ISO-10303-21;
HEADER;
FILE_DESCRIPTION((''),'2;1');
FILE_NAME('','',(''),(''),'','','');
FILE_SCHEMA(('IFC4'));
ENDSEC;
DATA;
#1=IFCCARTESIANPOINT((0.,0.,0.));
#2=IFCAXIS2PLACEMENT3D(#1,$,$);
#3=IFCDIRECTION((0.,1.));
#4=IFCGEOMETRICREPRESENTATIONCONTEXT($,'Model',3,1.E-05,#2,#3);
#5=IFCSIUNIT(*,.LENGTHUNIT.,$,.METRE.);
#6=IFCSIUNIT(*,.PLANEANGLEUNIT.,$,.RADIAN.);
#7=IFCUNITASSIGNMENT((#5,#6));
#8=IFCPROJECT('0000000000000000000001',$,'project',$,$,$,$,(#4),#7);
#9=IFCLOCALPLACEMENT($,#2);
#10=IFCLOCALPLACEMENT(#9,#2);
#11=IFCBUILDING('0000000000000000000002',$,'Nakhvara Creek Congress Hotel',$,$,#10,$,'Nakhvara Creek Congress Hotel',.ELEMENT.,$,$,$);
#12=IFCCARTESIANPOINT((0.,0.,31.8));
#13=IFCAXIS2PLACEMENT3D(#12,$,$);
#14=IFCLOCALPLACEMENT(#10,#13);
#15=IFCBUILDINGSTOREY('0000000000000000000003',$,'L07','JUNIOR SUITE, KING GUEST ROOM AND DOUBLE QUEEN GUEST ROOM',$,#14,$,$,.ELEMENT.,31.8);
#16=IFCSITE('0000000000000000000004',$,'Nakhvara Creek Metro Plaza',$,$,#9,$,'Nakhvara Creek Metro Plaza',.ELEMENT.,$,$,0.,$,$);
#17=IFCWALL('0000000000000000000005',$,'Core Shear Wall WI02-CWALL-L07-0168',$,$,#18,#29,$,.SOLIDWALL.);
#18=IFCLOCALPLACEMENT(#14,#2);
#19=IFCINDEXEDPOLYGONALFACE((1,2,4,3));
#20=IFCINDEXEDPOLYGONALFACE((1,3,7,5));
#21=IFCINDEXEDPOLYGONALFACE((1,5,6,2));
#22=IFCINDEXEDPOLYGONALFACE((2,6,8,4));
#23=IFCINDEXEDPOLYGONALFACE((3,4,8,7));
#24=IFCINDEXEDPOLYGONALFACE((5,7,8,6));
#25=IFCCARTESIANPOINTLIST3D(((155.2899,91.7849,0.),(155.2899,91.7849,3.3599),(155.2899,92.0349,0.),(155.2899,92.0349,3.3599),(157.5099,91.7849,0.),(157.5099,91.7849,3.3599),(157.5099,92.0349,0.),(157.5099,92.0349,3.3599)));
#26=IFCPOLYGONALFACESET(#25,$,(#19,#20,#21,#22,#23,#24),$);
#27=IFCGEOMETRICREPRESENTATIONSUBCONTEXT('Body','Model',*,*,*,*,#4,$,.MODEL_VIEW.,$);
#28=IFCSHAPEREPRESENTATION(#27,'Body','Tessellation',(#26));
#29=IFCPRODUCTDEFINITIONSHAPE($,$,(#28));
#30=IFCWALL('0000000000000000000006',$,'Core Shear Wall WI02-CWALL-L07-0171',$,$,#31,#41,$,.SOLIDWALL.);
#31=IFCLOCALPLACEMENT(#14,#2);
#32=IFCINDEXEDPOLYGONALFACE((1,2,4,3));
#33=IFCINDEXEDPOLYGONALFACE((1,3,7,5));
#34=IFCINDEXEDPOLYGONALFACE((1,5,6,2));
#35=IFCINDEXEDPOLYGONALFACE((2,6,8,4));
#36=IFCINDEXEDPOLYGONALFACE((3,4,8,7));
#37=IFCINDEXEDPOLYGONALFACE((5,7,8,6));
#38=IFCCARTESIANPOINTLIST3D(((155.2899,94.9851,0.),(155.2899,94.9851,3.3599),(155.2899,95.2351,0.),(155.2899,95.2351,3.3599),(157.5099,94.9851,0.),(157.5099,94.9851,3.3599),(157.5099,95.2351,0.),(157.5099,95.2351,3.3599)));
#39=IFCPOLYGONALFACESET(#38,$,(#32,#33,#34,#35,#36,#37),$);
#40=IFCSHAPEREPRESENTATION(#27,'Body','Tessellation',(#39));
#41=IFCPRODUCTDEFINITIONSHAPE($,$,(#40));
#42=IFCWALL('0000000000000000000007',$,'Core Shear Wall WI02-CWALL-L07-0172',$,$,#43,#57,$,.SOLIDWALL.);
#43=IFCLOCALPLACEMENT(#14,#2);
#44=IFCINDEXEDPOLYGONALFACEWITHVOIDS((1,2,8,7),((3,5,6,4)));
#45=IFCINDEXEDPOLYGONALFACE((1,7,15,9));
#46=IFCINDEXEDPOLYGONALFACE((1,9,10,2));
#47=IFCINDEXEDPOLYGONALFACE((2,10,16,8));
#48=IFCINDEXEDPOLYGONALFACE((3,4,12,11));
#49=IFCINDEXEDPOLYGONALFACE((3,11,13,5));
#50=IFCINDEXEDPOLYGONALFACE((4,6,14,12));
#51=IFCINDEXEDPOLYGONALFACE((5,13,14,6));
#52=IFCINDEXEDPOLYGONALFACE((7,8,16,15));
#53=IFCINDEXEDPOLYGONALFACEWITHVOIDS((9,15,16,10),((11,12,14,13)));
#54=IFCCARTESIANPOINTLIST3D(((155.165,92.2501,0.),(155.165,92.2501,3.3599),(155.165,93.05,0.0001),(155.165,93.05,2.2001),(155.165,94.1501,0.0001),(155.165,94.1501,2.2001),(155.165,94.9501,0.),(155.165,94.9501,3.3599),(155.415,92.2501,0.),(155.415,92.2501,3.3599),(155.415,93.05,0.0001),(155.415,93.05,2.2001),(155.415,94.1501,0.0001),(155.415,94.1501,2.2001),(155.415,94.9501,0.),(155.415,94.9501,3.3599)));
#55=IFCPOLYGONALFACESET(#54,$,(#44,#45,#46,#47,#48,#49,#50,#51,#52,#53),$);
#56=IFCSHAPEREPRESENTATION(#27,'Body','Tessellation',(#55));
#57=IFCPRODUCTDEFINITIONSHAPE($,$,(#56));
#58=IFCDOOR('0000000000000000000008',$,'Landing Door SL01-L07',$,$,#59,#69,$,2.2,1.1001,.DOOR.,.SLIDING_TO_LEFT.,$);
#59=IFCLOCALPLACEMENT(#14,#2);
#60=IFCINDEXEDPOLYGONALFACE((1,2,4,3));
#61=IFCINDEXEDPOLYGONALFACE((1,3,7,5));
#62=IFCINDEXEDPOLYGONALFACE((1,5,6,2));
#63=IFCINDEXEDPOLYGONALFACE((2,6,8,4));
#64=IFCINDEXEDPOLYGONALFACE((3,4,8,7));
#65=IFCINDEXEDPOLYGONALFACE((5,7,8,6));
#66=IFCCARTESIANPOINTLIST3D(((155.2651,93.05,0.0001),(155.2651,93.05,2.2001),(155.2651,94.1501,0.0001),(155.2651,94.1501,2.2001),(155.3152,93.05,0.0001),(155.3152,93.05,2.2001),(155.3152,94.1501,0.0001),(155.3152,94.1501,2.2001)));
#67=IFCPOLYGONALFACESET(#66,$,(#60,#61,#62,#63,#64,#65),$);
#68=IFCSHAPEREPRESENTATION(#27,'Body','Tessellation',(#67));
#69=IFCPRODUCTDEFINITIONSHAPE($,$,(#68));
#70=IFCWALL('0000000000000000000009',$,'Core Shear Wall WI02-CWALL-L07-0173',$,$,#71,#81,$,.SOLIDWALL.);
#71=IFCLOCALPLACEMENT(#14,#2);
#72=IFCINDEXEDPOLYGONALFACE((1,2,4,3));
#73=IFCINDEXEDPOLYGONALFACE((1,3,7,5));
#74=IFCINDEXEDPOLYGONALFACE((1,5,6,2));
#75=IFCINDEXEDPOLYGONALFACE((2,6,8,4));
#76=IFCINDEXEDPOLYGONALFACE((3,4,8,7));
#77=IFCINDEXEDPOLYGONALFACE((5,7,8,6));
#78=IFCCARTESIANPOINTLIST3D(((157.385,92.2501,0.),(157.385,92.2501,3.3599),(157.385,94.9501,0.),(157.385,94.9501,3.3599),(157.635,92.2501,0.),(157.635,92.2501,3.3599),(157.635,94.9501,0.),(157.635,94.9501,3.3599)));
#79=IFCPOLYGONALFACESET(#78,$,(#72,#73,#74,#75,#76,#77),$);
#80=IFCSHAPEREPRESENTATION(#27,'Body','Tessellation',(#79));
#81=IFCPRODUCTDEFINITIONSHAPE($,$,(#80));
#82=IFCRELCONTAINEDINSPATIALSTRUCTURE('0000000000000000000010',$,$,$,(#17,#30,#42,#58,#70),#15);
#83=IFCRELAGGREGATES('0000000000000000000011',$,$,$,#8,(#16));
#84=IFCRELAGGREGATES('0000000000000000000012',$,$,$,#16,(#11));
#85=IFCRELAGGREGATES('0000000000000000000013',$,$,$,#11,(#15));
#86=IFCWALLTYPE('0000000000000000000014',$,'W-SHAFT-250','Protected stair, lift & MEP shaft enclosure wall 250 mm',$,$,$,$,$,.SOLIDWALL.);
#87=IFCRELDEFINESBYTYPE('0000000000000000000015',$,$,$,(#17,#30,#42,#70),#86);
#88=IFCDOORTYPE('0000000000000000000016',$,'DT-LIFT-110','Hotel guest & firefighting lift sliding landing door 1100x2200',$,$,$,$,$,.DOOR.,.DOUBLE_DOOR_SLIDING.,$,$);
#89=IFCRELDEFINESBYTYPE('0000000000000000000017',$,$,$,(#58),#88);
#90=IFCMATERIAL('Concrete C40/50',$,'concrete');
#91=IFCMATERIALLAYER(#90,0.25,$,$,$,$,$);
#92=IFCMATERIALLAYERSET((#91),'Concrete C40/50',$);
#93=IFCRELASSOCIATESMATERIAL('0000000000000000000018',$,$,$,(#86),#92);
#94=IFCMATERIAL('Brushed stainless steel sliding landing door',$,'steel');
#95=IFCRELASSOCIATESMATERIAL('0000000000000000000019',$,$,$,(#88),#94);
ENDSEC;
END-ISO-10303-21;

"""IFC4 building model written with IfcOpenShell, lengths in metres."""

from ifc_helpers import new_model, si_unit, direction, frame, frame_2d, origin, place, context, subcontext, project, spatial, rectangle, extrude, material, layer, layer_set, type_object, element, fill, save


model = new_model("IFC4")

# Units and contexts
model_context = context("Model", 3, precision=1e-05, world=origin(), true_north=direction((0.0, 1.0)))
body_context = subcontext(model_context, "Body", "Model", "MODEL_VIEW")
ifc_project = project(units=[si_unit("LENGTHUNIT", "METRE"), si_unit("PLANEANGLEUNIT", "RADIAN")], contexts=[model_context])

# Site, building, storey
site_placement = place(None, origin())
site = spatial("IfcSite", under=ifc_project, at=site_placement, Name="Nakhvara Creek Metro Plaza", LongName="Nakhvara Creek Metro Plaza", CompositionType="ELEMENT", RefElevation=0.0)
building_placement = place(site_placement, origin())
building = spatial("IfcBuilding", under=site, at=building_placement, Name="Nakhvara Creek Congress Hotel", LongName="Nakhvara Creek Congress Hotel", CompositionType="ELEMENT")
storey_placement = place(building_placement, frame((0.0, 0.0, 31.8)))
storey = spatial("IfcBuildingStorey", under=building, at=storey_placement, Name="L07", Description="JUNIOR SUITE, KING GUEST ROOM AND DOUBLE QUEEN GUEST ROOM", CompositionType="ELEMENT", Elevation=31.8)

# Shared definitions
ifc_material_1 = material(Name="Concrete C40/50", Category="concrete")

# Walls
ifc_layer_1 = layer(ifc_material_1, 0.25)
ifc_layer_set_1 = layer_set([ifc_layer_1], Name="Concrete C40/50")
wall_type_1 = type_object("IfcWallType", Name="W-SHAFT-250", Description="Protected stair, lift & MEP shaft enclosure wall 250 mm", PredefinedType="SOLIDWALL", material=ifc_layer_set_1)
for number, where, z_axis, x_axis, name in (
    (1, (155.29, 91.9099, 0.0), (0.0, 0.0, 1.0), (1.0, 0.0, 0.0), "Core Shear Wall WI02-CWALL-L07-0168"),
    (2, (155.29, 95.1101, 0.0), (0.0, 0.0, 1.0), (1.0, 0.0, 0.0), "Core Shear Wall WI02-CWALL-L07-0171"),
):
    element("IfcWall", number, at=place(storey_placement, frame(where, z_axis=z_axis, x_axis=x_axis)), inside=storey, type_object=wall_type_1, Name=name, PredefinedType="SOLIDWALL", context=body_context, shape_type="SweptSolid", body=[
        extrude(rectangle(XDim=2.22, YDim=0.25, at=frame_2d((1.1099, 0.0))), origin(), (0.0, 0.0, 1.0), 3.3599),
    ])

# Wall, opening, door
wall_1_placement = place(storey_placement, frame((155.29, 92.25, 0.0), z_axis=(0.0, 0.0, 1.0), x_axis=(0.0, 1.0, 0.0)))
wall_1 = element("IfcWall", 3, at=wall_1_placement, inside=storey, type_object=wall_type_1, Name="Core Shear Wall WI02-CWALL-L07-0172", PredefinedType="SOLIDWALL", context=body_context, shape_type="SweptSolid", body=[
    extrude(rectangle(XDim=2.7, YDim=0.25, at=frame_2d((1.3501, 0.0))), origin(), (0.0, 0.0, 1.0), 3.3599),
])
opening_1_placement = place(wall_1_placement, frame((0.8, 0.0, 0.0)))
opening_1 = element("IfcOpeningElement", 4, at=opening_1_placement, cuts=wall_1, PredefinedType="OPENING", context=body_context, shape_type="SweptSolid", body=[
    extrude(rectangle(XDim=1.1001, YDim=2.2, at=frame_2d((0.55, 1.1001))), frame((0.0, 0.137, 0.0), z_axis=(0.0, -1.0, 0.0), x_axis=(1.0, 0.0, 0.0)), (0.0, 0.0, 1.0), 0.2739),
])
ifc_material_2 = material(Name="Brushed stainless steel sliding landing door", Category="steel")
door_type_1 = type_object("IfcDoorType", Name="DT-LIFT-110", Description="Hotel guest & firefighting lift sliding landing door 1100x2200", OperationType="DOUBLE_DOOR_SLIDING", PredefinedType="DOOR", material=ifc_material_2)
door_1_placement = place(opening_1_placement, origin())
door_1 = element("IfcDoor", 5, at=door_1_placement, inside=storey, type_object=door_type_1, Name="Landing Door SL01-L07", OperationType="SLIDING_TO_LEFT", OverallHeight=2.2, OverallWidth=1.1001, PredefinedType="DOOR", context=body_context, shape_type="SweptSolid", body=[
    extrude(rectangle(XDim=1.1001, YDim=2.2, at=frame_2d((0.55, 1.1001))), frame((0.0, 0.0249, 0.0), z_axis=(0.0, -1.0, 0.0), x_axis=(1.0, 0.0, 0.0)), (0.0, 0.0, 1.0), 0.05),
])
fill(opening_1, door_1)

# Wall
wall_2_placement = place(storey_placement, frame((157.51, 92.25, 0.0), z_axis=(0.0, 0.0, 1.0), x_axis=(0.0, 1.0, 0.0)))
element("IfcWall", 6, at=wall_2_placement, inside=storey, type_object=wall_type_1, Name="Core Shear Wall WI02-CWALL-L07-0173", PredefinedType="SOLIDWALL", context=body_context, shape_type="SweptSolid", body=[
    extrude(rectangle(XDim=2.7, YDim=0.25, at=frame_2d((1.3501, 0.0))), origin(), (0.0, 0.0, 1.0), 3.3599),
])

save(model, "model.ifc")
